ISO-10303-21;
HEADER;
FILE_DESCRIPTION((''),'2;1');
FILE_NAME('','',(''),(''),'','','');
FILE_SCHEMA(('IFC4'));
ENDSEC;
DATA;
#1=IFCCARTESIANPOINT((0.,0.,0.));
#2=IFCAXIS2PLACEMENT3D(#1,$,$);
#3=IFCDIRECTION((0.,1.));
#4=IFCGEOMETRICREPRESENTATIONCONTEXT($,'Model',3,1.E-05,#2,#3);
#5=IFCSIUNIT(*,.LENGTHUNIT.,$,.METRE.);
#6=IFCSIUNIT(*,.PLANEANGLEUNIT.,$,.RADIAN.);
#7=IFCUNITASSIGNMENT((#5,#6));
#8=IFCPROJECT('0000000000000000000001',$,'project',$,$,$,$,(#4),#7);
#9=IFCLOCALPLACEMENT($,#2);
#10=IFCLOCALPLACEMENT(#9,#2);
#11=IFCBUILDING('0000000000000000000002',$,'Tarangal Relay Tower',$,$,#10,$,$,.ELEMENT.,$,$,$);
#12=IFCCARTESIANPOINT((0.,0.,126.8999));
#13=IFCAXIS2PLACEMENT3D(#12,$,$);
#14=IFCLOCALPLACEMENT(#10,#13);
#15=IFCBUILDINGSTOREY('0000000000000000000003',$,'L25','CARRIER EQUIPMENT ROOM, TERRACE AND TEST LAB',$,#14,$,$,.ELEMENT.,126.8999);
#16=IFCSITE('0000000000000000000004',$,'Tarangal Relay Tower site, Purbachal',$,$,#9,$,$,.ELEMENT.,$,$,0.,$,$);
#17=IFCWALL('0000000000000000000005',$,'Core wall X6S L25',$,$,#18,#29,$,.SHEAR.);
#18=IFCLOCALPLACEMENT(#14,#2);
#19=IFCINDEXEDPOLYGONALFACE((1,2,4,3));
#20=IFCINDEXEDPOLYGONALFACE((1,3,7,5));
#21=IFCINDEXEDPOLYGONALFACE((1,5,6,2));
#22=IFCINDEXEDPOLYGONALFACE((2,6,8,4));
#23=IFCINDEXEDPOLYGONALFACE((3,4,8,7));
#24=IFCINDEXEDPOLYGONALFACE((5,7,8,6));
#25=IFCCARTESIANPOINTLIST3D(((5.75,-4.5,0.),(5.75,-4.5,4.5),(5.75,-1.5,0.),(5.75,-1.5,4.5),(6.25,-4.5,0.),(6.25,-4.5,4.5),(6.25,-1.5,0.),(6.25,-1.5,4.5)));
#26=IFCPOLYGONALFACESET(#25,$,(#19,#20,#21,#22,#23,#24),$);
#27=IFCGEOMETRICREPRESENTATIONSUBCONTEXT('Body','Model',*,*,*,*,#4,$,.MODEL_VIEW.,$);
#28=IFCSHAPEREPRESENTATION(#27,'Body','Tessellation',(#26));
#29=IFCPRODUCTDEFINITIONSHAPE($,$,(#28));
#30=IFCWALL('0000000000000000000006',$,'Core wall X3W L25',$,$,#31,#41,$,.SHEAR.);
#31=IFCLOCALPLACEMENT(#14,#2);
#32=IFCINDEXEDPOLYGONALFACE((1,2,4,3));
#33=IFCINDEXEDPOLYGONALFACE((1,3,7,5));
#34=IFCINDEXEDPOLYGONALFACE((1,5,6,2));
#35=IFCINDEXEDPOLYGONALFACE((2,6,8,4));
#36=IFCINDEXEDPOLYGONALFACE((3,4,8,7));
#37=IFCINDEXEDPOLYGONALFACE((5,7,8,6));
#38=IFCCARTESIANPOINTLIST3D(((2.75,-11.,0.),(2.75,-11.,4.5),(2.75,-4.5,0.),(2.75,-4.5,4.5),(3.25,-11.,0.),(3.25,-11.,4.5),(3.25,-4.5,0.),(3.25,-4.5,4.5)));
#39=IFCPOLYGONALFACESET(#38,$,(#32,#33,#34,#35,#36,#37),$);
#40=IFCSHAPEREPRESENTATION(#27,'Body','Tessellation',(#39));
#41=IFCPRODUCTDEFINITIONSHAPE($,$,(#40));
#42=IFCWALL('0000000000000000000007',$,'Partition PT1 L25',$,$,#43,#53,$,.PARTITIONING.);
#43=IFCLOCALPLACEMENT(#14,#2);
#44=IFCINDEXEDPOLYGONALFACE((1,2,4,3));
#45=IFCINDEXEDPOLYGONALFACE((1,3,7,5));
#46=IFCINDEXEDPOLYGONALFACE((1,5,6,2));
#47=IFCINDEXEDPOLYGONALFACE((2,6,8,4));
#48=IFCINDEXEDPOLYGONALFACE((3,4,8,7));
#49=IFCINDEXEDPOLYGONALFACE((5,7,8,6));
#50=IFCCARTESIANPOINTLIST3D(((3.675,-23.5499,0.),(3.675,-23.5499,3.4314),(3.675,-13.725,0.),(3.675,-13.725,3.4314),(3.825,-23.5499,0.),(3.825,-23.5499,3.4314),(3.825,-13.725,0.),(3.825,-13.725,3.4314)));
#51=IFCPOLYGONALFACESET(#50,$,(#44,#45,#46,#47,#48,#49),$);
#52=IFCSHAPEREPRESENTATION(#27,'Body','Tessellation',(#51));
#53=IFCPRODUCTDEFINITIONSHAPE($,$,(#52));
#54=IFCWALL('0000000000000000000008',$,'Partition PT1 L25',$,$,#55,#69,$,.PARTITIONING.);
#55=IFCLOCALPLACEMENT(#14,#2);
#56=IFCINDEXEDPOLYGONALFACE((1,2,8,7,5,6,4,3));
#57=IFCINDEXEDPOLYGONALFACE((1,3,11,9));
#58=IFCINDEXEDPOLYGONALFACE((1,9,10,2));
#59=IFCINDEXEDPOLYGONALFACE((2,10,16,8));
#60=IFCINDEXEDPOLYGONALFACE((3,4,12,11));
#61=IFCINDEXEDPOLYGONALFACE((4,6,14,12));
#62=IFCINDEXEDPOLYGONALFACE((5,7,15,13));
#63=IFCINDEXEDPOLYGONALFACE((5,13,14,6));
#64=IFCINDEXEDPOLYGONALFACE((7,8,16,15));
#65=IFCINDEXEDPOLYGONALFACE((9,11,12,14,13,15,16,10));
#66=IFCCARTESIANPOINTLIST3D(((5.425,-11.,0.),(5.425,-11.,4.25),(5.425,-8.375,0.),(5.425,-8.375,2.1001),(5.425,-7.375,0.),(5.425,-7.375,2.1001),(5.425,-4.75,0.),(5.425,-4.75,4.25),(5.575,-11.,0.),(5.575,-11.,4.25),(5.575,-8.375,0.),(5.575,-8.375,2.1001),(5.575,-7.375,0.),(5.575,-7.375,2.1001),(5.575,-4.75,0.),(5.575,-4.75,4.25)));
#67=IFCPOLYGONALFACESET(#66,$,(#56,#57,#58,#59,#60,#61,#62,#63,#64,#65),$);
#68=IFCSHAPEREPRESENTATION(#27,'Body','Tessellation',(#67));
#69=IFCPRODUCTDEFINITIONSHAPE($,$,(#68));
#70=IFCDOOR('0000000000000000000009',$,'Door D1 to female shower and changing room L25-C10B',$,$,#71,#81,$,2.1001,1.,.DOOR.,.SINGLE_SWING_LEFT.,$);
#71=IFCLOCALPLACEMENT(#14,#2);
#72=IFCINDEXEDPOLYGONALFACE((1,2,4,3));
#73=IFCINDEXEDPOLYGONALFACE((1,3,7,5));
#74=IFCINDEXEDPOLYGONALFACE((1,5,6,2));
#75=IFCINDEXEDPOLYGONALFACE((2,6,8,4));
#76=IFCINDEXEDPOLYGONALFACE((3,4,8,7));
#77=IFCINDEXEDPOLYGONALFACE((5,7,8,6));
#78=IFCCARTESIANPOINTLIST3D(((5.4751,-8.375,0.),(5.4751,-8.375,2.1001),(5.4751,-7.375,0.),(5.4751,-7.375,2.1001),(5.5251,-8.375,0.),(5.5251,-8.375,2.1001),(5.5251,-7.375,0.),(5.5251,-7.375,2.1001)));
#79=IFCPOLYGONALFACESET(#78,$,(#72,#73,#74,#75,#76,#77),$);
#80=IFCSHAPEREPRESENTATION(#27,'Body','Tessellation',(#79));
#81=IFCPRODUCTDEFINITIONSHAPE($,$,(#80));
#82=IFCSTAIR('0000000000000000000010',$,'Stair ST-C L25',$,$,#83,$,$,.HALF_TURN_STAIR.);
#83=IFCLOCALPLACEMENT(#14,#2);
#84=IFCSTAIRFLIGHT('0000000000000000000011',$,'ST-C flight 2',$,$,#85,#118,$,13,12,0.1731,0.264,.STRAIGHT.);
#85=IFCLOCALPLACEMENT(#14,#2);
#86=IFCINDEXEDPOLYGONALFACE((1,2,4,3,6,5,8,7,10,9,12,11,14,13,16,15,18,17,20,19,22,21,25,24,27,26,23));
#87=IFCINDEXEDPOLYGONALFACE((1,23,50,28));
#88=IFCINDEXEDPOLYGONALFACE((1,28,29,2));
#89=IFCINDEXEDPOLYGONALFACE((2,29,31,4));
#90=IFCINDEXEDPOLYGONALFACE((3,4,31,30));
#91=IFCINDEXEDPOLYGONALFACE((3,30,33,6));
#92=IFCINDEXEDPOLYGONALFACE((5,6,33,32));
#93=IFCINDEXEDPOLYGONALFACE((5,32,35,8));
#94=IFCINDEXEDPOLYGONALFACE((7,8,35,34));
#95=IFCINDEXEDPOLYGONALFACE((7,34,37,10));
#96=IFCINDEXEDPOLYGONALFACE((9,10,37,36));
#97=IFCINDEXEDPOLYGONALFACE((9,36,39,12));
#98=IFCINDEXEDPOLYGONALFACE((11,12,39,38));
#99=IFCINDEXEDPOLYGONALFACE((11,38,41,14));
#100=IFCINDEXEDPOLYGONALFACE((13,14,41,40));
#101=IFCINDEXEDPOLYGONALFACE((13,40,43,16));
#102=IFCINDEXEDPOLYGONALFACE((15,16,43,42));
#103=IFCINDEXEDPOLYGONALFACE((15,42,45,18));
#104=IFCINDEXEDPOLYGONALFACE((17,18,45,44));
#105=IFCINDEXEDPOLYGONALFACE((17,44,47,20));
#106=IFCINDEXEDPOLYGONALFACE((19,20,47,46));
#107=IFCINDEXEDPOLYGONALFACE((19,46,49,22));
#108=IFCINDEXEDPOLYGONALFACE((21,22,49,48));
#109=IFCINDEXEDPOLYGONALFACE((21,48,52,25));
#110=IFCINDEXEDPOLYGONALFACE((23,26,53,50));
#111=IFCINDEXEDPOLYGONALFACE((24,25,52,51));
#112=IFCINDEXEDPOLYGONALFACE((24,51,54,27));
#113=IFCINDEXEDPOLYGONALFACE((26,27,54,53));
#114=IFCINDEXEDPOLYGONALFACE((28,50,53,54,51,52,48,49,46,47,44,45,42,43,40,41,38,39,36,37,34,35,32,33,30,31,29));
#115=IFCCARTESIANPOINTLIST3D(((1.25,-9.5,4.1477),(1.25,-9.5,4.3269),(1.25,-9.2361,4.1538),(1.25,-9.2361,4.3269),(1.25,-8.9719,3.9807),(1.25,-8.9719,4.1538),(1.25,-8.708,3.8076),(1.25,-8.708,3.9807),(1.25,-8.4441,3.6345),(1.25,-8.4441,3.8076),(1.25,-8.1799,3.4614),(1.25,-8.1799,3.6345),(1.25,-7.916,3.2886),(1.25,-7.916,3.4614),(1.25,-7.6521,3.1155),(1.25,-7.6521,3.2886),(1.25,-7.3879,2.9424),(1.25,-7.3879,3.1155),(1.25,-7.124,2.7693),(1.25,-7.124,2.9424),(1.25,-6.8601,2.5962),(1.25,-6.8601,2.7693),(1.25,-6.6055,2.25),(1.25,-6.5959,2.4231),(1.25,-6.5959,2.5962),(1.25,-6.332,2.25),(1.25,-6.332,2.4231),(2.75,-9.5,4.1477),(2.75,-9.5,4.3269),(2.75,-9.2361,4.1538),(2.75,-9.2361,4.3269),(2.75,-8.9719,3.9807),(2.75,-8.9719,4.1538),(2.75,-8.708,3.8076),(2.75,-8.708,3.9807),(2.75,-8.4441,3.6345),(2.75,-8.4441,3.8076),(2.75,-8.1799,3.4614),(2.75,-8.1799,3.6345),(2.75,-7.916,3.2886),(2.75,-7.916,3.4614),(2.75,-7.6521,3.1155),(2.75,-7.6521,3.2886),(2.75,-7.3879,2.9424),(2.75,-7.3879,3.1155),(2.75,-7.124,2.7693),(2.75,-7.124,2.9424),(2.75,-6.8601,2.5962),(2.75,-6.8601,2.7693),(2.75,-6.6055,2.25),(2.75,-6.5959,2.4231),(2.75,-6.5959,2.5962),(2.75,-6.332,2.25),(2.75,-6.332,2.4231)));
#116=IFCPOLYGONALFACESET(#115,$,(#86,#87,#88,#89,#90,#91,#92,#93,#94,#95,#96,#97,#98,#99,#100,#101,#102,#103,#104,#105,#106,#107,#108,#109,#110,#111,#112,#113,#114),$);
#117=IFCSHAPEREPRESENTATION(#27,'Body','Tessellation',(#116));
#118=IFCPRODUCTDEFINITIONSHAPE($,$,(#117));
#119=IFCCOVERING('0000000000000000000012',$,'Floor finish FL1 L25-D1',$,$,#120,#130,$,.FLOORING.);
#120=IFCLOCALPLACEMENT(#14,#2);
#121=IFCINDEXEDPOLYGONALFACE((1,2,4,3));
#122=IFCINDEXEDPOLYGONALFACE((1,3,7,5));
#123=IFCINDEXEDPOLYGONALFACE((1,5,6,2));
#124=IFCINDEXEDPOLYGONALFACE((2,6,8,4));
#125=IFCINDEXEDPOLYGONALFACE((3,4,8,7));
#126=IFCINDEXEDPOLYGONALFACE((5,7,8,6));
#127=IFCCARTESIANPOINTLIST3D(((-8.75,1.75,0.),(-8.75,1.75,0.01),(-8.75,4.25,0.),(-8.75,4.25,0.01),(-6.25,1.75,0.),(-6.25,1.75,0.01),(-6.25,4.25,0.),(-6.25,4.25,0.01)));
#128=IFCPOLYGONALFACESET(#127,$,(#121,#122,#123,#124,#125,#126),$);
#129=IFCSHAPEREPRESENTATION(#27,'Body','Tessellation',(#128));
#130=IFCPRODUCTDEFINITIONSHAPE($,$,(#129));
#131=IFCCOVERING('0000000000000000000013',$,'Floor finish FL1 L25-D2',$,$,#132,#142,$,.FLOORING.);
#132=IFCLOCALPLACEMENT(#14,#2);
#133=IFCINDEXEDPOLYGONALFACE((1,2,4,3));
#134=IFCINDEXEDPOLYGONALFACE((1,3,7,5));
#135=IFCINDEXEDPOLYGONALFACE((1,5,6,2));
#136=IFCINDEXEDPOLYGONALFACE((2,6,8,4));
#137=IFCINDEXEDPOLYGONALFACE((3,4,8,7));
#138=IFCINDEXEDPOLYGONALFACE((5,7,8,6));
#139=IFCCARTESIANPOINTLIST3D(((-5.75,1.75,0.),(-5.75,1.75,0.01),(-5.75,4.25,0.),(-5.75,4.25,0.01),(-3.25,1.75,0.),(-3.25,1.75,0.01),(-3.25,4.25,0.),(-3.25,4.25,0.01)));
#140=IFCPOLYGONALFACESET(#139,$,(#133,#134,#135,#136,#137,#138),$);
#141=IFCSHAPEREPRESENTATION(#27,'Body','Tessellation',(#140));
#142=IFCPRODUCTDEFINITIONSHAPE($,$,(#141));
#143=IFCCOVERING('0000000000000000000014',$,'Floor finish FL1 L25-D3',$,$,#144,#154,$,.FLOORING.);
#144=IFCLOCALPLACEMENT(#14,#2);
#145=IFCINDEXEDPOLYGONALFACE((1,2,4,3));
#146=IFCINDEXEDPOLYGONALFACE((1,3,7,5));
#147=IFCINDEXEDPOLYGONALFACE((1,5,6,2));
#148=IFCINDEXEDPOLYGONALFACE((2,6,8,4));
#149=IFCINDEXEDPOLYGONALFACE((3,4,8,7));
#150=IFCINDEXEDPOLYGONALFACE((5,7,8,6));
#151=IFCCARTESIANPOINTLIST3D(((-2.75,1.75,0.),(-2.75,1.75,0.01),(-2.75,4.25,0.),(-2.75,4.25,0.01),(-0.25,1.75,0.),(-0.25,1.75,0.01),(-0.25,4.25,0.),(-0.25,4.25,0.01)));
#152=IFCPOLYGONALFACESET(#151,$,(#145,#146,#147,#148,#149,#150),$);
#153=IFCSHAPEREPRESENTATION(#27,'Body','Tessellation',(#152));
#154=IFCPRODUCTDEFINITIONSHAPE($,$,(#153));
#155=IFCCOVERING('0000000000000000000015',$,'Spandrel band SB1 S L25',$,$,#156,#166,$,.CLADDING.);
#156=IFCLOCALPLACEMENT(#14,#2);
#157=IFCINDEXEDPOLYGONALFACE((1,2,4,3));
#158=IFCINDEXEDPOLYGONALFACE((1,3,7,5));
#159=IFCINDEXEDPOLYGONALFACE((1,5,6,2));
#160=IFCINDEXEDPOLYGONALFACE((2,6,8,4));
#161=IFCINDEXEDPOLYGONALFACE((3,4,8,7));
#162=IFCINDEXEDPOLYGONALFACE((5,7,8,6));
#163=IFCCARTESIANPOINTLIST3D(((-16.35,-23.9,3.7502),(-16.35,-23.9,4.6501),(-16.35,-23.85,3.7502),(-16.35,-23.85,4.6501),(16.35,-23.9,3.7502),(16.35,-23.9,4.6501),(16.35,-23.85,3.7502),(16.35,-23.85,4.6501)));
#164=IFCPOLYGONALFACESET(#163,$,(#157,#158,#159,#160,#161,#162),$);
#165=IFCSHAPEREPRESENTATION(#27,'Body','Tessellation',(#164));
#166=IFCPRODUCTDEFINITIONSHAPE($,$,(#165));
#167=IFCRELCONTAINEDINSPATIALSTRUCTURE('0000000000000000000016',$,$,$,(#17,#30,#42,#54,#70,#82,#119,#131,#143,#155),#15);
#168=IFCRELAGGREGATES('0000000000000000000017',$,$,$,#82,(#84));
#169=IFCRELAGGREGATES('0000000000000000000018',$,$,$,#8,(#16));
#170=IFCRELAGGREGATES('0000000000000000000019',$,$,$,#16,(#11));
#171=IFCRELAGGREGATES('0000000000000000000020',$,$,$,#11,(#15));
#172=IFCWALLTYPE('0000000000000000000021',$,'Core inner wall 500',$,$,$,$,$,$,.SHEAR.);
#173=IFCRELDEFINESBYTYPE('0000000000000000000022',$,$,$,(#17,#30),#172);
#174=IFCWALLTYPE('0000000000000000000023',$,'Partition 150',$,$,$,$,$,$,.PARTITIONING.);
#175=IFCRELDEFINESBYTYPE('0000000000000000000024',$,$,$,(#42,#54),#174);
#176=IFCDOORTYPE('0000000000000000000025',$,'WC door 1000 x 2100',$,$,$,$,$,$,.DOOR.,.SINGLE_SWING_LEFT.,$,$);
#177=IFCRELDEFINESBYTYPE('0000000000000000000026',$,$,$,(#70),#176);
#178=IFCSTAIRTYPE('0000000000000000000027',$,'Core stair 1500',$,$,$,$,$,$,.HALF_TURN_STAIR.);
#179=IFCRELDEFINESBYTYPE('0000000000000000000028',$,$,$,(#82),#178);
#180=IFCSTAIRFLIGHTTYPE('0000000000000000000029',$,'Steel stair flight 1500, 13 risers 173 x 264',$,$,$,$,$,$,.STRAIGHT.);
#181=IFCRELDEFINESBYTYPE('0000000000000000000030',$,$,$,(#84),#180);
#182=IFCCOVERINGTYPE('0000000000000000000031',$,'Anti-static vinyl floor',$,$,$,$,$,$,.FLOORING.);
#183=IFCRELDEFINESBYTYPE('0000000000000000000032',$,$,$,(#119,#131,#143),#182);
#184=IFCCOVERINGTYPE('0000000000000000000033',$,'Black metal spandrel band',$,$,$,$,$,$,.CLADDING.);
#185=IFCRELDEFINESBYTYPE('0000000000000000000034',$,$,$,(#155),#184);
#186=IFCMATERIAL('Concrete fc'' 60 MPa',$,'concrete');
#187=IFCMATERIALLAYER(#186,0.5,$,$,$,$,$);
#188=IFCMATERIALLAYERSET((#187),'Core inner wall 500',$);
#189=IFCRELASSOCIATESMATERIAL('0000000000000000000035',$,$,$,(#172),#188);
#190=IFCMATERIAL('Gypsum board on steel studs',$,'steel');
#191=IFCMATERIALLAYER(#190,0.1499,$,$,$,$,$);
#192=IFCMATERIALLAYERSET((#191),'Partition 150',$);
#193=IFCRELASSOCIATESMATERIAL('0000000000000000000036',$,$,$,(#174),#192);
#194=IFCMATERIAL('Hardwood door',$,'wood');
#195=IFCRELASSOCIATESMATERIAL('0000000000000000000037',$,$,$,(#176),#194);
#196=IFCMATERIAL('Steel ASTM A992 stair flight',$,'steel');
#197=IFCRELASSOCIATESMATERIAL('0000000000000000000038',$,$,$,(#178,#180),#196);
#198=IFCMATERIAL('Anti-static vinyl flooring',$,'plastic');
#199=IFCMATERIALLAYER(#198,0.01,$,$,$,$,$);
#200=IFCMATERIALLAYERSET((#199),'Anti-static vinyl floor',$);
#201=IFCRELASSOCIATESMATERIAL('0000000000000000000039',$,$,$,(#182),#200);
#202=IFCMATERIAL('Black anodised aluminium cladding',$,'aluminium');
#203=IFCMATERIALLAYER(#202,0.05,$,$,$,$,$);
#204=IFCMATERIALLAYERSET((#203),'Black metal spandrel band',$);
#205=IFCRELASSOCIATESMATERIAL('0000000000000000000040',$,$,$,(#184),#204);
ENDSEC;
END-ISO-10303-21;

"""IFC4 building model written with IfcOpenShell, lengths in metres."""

from ifc_helpers import new_model, si_unit, direction, frame, frame_2d, origin, origin_2d, place, context, subcontext, project, spatial, polyline, rectangle, outline, extrude, material, layer, layer_set, type_object, element, fill, aggregate, save


model = new_model("IFC4")

# Units and contexts
model_context = context("Model", 3, precision=1e-05, world=origin(), true_north=direction((0.0, 1.0)))
body_context = subcontext(model_context, "Body", "Model", "MODEL_VIEW")
ifc_project = project(units=[si_unit("LENGTHUNIT", "METRE"), si_unit("PLANEANGLEUNIT", "RADIAN")], contexts=[model_context])

# Site, building, storey
site_placement = place(None, origin())
site = spatial("IfcSite", under=ifc_project, at=site_placement, Name="Tarangal Relay Tower site, Purbachal", CompositionType="ELEMENT", RefElevation=0.0)
building_placement = place(site_placement, origin())
building = spatial("IfcBuilding", under=site, at=building_placement, Name="Tarangal Relay Tower", CompositionType="ELEMENT")
storey_placement = place(building_placement, frame((0.0, 0.0, 126.8999)))
storey = spatial("IfcBuildingStorey", under=building, at=storey_placement, Name="L25", Description="CARRIER EQUIPMENT ROOM, TERRACE AND TEST LAB", CompositionType="ELEMENT", Elevation=126.8999)

# Walls
ifc_material_1 = material(Name="Concrete fc' 60 MPa", Category="concrete")
ifc_layer_1 = layer(ifc_material_1, 0.5)
ifc_layer_set_1 = layer_set([ifc_layer_1], Name="Core inner wall 500")
wall_type_1 = type_object("IfcWallType", Name="Core inner wall 500", PredefinedType="SHEAR", material=ifc_layer_set_1)
for number, where, z_axis, x_axis, name in (
    (1, (6.0, -4.5, 0.0), (0.0, 0.0, 1.0), (0.0, 1.0, 0.0), "Core wall X6S L25"),
):
    element("IfcWall", number, at=place(storey_placement, frame(where, z_axis=z_axis, x_axis=x_axis)), inside=storey, type_object=wall_type_1, Name=name, PredefinedType="SHEAR", context=body_context, shape_type="SweptSolid", body=[
        extrude(rectangle(XDim=3.0, YDim=0.5, at=frame_2d((1.5, 0.0))), origin(), (0.0, 0.0, 1.0), 4.5),
    ])
wall_1_placement = place(storey_placement, frame((3.0, -11.0, 0.0), z_axis=(0.0, 0.0, 1.0), x_axis=(0.0, 1.0, 0.0)))
element("IfcWall", 2, at=wall_1_placement, inside=storey, type_object=wall_type_1, Name="Core wall X3W L25", PredefinedType="SHEAR", context=body_context, shape_type="SweptSolid", body=[
    extrude(rectangle(XDim=6.5, YDim=0.5, at=frame_2d((3.25, 0.0))), origin(), (0.0, 0.0, 1.0), 4.5),
])
ifc_material_2 = material(Name="Gypsum board on steel studs", Category="steel")
ifc_layer_2 = layer(ifc_material_2, 0.1499)
ifc_layer_set_2 = layer_set([ifc_layer_2], Name="Partition 150")
wall_type_2 = type_object("IfcWallType", Name="Partition 150", PredefinedType="PARTITIONING", material=ifc_layer_set_2)
wall_2_placement = place(storey_placement, frame((3.75, -23.55, 0.0), z_axis=(0.0, 0.0, 1.0), x_axis=(0.0, 1.0, 0.0)))
element("IfcWall", 3, at=wall_2_placement, inside=storey, type_object=wall_type_2, Name="Partition PT1 L25", PredefinedType="PARTITIONING", context=body_context, shape_type="SweptSolid", body=[
    extrude(rectangle(XDim=9.825, YDim=0.1499, at=frame_2d((4.9126, 0.0))), origin(), (0.0, 0.0, 1.0), 3.4314),
])

# Wall, opening, door
wall_3_placement = place(storey_placement, frame((5.5, -11.0, 0.0), z_axis=(0.0, 0.0, 1.0), x_axis=(0.0, 1.0, 0.0)))
wall_3 = element("IfcWall", 4, at=wall_3_placement, inside=storey, type_object=wall_type_2, Name="Partition PT1 L25", PredefinedType="PARTITIONING", context=body_context, shape_type="SweptSolid", body=[
    extrude(rectangle(XDim=6.25, YDim=0.1499, at=frame_2d((3.125, 0.0))), origin(), (0.0, 0.0, 1.0), 4.25),
])
opening_placement = place(wall_3_placement, frame((2.625, 0.0, 0.0)))
opening = element("IfcOpeningElement", 5, at=opening_placement, cuts=wall_3, PredefinedType="OPENING", context=body_context, shape_type="SweptSolid", body=[
    extrude(rectangle(XDim=1.0, YDim=2.1001, at=frame_2d((0.5, 1.05))), frame((0.0, 0.085, 0.0), z_axis=(0.0, -1.0, 0.0), x_axis=(1.0, 0.0, 0.0)), (0.0, 0.0, 1.0), 0.1699),
])
ifc_material_3 = material(Name="Hardwood door", Category="wood")
door_type = type_object("IfcDoorType", Name="WC door 1000 x 2100", OperationType="SINGLE_SWING_LEFT", PredefinedType="DOOR", material=ifc_material_3)
door_placement = place(opening_placement, origin())
door = element("IfcDoor", 6, at=door_placement, inside=storey, type_object=door_type, Name="Door D1 to female shower and changing room L25-C10B", OperationType="SINGLE_SWING_LEFT", OverallHeight=2.1001, OverallWidth=1.0, PredefinedType="DOOR", context=body_context, shape_type="SweptSolid", body=[
    extrude(rectangle(XDim=1.0, YDim=2.1001, at=frame_2d((0.5, 1.05))), frame((0.0, 0.0249, 0.0), z_axis=(0.0, -1.0, 0.0), x_axis=(1.0, 0.0, 0.0)), (0.0, 0.0, 1.0), 0.05),
])
fill(opening, door)

# Stair, stair flight
ifc_material_4 = material(Name="Steel ASTM A992 stair flight", Category="steel")
stair_type = type_object("IfcStairType", Name="Core stair 1500", PredefinedType="HALF_TURN_STAIR", material=ifc_material_4)
stair_placement = place(storey_placement, origin())
stair = element("IfcStair", 7, at=stair_placement, inside=storey, type_object=stair_type, Name="Stair ST-C L25", PredefinedType="HALF_TURN_STAIR")
stair_flight_type = type_object("IfcStairFlightType", Name="Steel stair flight 1500, 13 risers 173 x 264", PredefinedType="STRAIGHT", material=ifc_material_4)
stair_flight_placement = place(storey_placement, frame((2.0, -6.332, 2.25), z_axis=(0.0, 0.0, 1.0), x_axis=(0.0, -1.0, 0.0)))
stair_flight = element("IfcStairFlight", 8, at=stair_flight_placement, type_object=stair_flight_type, Name="ST-C flight 2", NumberOfRisers=13, NumberOfTreads=12, PredefinedType="STRAIGHT", RiserHeight=0.1731, TreadLength=0.264, context=body_context, shape_type="SweptSolid", body=[
    extrude(outline(polyline([(0.0, 0.0), (0.0, 0.1731), (0.2639, 0.1731), (0.2639, 0.3462), (0.5281, 0.3462), (0.5281, 0.5193), (0.792, 0.5193), (0.792, 0.6924), (1.0559, 0.6924), (1.0559, 0.8655), (1.3201, 0.8655), (1.3201, 1.0386), (1.584, 1.0386), (1.584, 1.2114), (1.8479, 1.2114), (1.8479, 1.3845), (2.1121, 1.3845), (2.1121, 1.5576), (2.376, 1.5576), (2.376, 1.7307), (2.6399, 1.7307), (2.6399, 1.9038), (2.9041, 1.9038), (2.9041, 2.0769), (3.168, 2.0769), (3.168, 2.25), (3.168, 1.8977), (0.2734, 0.0), (0.0, 0.0)])), frame((0.0, 0.75, 0.0), z_axis=(0.0, -1.0, 0.0), x_axis=(1.0, 0.0, 0.0)), (0.0, 0.0, 1.0), 1.5),
])
aggregate(stair, [stair_flight])

# Coverings
ifc_material_5 = material(Name="Anti-static vinyl flooring", Category="plastic")
ifc_layer_3 = layer(ifc_material_5, 0.01)
ifc_layer_set_3 = layer_set([ifc_layer_3], Name="Anti-static vinyl floor")
covering_type_1 = type_object("IfcCoveringType", Name="Anti-static vinyl floor", PredefinedType="FLOORING", material=ifc_layer_set_3)
covering_1_placement = place(storey_placement, origin())
element("IfcCovering", 9, at=covering_1_placement, inside=storey, type_object=covering_type_1, Name="Floor finish FL1 L25-D1", PredefinedType="FLOORING", context=body_context, shape_type="SweptSolid", body=[
    extrude(outline(polyline([(-8.75, 1.75), (-6.25, 1.75), (-6.25, 4.25), (-8.75, 4.25), (-8.75, 1.75)])), origin(), (0.0, 0.0, 1.0), 0.01),
])
covering_2_placement = place(storey_placement, origin())
element("IfcCovering", 10, at=covering_2_placement, inside=storey, type_object=covering_type_1, Name="Floor finish FL1 L25-D2", PredefinedType="FLOORING", context=body_context, shape_type="SweptSolid", body=[
    extrude(outline(polyline([(-5.75, 1.75), (-3.25, 1.75), (-3.25, 4.25), (-5.75, 4.25), (-5.75, 1.75)])), origin(), (0.0, 0.0, 1.0), 0.01),
])
covering_3_placement = place(storey_placement, origin())
element("IfcCovering", 11, at=covering_3_placement, inside=storey, type_object=covering_type_1, Name="Floor finish FL1 L25-D3", PredefinedType="FLOORING", context=body_context, shape_type="SweptSolid", body=[
    extrude(outline(polyline([(-2.75, 1.75), (-0.25, 1.75), (-0.25, 4.25), (-2.75, 4.25), (-2.75, 1.75)])), origin(), (0.0, 0.0, 1.0), 0.01),
])
ifc_material_6 = material(Name="Black anodised aluminium cladding", Category="aluminium")
ifc_layer_4 = layer(ifc_material_6, 0.05)
ifc_layer_set_4 = layer_set([ifc_layer_4], Name="Black metal spandrel band")
covering_type_2 = type_object("IfcCoveringType", Name="Black metal spandrel band", PredefinedType="CLADDING", material=ifc_layer_set_4)
covering_4_placement = place(storey_placement, frame((0.0, -23.875, 3.7502), z_axis=(0.0, 0.0, 1.0), x_axis=(-1.0, 0.0, 0.0)))
element("IfcCovering", 12, at=covering_4_placement, inside=storey, type_object=covering_type_2, Name="Spandrel band SB1 S L25", PredefinedType="CLADDING", context=body_context, shape_type="SweptSolid", body=[
    extrude(rectangle(XDim=32.7, YDim=0.05, at=origin_2d()), origin(), (0.0, 0.0, 1.0), 0.8999),
])

save(model, "model.ifc")
